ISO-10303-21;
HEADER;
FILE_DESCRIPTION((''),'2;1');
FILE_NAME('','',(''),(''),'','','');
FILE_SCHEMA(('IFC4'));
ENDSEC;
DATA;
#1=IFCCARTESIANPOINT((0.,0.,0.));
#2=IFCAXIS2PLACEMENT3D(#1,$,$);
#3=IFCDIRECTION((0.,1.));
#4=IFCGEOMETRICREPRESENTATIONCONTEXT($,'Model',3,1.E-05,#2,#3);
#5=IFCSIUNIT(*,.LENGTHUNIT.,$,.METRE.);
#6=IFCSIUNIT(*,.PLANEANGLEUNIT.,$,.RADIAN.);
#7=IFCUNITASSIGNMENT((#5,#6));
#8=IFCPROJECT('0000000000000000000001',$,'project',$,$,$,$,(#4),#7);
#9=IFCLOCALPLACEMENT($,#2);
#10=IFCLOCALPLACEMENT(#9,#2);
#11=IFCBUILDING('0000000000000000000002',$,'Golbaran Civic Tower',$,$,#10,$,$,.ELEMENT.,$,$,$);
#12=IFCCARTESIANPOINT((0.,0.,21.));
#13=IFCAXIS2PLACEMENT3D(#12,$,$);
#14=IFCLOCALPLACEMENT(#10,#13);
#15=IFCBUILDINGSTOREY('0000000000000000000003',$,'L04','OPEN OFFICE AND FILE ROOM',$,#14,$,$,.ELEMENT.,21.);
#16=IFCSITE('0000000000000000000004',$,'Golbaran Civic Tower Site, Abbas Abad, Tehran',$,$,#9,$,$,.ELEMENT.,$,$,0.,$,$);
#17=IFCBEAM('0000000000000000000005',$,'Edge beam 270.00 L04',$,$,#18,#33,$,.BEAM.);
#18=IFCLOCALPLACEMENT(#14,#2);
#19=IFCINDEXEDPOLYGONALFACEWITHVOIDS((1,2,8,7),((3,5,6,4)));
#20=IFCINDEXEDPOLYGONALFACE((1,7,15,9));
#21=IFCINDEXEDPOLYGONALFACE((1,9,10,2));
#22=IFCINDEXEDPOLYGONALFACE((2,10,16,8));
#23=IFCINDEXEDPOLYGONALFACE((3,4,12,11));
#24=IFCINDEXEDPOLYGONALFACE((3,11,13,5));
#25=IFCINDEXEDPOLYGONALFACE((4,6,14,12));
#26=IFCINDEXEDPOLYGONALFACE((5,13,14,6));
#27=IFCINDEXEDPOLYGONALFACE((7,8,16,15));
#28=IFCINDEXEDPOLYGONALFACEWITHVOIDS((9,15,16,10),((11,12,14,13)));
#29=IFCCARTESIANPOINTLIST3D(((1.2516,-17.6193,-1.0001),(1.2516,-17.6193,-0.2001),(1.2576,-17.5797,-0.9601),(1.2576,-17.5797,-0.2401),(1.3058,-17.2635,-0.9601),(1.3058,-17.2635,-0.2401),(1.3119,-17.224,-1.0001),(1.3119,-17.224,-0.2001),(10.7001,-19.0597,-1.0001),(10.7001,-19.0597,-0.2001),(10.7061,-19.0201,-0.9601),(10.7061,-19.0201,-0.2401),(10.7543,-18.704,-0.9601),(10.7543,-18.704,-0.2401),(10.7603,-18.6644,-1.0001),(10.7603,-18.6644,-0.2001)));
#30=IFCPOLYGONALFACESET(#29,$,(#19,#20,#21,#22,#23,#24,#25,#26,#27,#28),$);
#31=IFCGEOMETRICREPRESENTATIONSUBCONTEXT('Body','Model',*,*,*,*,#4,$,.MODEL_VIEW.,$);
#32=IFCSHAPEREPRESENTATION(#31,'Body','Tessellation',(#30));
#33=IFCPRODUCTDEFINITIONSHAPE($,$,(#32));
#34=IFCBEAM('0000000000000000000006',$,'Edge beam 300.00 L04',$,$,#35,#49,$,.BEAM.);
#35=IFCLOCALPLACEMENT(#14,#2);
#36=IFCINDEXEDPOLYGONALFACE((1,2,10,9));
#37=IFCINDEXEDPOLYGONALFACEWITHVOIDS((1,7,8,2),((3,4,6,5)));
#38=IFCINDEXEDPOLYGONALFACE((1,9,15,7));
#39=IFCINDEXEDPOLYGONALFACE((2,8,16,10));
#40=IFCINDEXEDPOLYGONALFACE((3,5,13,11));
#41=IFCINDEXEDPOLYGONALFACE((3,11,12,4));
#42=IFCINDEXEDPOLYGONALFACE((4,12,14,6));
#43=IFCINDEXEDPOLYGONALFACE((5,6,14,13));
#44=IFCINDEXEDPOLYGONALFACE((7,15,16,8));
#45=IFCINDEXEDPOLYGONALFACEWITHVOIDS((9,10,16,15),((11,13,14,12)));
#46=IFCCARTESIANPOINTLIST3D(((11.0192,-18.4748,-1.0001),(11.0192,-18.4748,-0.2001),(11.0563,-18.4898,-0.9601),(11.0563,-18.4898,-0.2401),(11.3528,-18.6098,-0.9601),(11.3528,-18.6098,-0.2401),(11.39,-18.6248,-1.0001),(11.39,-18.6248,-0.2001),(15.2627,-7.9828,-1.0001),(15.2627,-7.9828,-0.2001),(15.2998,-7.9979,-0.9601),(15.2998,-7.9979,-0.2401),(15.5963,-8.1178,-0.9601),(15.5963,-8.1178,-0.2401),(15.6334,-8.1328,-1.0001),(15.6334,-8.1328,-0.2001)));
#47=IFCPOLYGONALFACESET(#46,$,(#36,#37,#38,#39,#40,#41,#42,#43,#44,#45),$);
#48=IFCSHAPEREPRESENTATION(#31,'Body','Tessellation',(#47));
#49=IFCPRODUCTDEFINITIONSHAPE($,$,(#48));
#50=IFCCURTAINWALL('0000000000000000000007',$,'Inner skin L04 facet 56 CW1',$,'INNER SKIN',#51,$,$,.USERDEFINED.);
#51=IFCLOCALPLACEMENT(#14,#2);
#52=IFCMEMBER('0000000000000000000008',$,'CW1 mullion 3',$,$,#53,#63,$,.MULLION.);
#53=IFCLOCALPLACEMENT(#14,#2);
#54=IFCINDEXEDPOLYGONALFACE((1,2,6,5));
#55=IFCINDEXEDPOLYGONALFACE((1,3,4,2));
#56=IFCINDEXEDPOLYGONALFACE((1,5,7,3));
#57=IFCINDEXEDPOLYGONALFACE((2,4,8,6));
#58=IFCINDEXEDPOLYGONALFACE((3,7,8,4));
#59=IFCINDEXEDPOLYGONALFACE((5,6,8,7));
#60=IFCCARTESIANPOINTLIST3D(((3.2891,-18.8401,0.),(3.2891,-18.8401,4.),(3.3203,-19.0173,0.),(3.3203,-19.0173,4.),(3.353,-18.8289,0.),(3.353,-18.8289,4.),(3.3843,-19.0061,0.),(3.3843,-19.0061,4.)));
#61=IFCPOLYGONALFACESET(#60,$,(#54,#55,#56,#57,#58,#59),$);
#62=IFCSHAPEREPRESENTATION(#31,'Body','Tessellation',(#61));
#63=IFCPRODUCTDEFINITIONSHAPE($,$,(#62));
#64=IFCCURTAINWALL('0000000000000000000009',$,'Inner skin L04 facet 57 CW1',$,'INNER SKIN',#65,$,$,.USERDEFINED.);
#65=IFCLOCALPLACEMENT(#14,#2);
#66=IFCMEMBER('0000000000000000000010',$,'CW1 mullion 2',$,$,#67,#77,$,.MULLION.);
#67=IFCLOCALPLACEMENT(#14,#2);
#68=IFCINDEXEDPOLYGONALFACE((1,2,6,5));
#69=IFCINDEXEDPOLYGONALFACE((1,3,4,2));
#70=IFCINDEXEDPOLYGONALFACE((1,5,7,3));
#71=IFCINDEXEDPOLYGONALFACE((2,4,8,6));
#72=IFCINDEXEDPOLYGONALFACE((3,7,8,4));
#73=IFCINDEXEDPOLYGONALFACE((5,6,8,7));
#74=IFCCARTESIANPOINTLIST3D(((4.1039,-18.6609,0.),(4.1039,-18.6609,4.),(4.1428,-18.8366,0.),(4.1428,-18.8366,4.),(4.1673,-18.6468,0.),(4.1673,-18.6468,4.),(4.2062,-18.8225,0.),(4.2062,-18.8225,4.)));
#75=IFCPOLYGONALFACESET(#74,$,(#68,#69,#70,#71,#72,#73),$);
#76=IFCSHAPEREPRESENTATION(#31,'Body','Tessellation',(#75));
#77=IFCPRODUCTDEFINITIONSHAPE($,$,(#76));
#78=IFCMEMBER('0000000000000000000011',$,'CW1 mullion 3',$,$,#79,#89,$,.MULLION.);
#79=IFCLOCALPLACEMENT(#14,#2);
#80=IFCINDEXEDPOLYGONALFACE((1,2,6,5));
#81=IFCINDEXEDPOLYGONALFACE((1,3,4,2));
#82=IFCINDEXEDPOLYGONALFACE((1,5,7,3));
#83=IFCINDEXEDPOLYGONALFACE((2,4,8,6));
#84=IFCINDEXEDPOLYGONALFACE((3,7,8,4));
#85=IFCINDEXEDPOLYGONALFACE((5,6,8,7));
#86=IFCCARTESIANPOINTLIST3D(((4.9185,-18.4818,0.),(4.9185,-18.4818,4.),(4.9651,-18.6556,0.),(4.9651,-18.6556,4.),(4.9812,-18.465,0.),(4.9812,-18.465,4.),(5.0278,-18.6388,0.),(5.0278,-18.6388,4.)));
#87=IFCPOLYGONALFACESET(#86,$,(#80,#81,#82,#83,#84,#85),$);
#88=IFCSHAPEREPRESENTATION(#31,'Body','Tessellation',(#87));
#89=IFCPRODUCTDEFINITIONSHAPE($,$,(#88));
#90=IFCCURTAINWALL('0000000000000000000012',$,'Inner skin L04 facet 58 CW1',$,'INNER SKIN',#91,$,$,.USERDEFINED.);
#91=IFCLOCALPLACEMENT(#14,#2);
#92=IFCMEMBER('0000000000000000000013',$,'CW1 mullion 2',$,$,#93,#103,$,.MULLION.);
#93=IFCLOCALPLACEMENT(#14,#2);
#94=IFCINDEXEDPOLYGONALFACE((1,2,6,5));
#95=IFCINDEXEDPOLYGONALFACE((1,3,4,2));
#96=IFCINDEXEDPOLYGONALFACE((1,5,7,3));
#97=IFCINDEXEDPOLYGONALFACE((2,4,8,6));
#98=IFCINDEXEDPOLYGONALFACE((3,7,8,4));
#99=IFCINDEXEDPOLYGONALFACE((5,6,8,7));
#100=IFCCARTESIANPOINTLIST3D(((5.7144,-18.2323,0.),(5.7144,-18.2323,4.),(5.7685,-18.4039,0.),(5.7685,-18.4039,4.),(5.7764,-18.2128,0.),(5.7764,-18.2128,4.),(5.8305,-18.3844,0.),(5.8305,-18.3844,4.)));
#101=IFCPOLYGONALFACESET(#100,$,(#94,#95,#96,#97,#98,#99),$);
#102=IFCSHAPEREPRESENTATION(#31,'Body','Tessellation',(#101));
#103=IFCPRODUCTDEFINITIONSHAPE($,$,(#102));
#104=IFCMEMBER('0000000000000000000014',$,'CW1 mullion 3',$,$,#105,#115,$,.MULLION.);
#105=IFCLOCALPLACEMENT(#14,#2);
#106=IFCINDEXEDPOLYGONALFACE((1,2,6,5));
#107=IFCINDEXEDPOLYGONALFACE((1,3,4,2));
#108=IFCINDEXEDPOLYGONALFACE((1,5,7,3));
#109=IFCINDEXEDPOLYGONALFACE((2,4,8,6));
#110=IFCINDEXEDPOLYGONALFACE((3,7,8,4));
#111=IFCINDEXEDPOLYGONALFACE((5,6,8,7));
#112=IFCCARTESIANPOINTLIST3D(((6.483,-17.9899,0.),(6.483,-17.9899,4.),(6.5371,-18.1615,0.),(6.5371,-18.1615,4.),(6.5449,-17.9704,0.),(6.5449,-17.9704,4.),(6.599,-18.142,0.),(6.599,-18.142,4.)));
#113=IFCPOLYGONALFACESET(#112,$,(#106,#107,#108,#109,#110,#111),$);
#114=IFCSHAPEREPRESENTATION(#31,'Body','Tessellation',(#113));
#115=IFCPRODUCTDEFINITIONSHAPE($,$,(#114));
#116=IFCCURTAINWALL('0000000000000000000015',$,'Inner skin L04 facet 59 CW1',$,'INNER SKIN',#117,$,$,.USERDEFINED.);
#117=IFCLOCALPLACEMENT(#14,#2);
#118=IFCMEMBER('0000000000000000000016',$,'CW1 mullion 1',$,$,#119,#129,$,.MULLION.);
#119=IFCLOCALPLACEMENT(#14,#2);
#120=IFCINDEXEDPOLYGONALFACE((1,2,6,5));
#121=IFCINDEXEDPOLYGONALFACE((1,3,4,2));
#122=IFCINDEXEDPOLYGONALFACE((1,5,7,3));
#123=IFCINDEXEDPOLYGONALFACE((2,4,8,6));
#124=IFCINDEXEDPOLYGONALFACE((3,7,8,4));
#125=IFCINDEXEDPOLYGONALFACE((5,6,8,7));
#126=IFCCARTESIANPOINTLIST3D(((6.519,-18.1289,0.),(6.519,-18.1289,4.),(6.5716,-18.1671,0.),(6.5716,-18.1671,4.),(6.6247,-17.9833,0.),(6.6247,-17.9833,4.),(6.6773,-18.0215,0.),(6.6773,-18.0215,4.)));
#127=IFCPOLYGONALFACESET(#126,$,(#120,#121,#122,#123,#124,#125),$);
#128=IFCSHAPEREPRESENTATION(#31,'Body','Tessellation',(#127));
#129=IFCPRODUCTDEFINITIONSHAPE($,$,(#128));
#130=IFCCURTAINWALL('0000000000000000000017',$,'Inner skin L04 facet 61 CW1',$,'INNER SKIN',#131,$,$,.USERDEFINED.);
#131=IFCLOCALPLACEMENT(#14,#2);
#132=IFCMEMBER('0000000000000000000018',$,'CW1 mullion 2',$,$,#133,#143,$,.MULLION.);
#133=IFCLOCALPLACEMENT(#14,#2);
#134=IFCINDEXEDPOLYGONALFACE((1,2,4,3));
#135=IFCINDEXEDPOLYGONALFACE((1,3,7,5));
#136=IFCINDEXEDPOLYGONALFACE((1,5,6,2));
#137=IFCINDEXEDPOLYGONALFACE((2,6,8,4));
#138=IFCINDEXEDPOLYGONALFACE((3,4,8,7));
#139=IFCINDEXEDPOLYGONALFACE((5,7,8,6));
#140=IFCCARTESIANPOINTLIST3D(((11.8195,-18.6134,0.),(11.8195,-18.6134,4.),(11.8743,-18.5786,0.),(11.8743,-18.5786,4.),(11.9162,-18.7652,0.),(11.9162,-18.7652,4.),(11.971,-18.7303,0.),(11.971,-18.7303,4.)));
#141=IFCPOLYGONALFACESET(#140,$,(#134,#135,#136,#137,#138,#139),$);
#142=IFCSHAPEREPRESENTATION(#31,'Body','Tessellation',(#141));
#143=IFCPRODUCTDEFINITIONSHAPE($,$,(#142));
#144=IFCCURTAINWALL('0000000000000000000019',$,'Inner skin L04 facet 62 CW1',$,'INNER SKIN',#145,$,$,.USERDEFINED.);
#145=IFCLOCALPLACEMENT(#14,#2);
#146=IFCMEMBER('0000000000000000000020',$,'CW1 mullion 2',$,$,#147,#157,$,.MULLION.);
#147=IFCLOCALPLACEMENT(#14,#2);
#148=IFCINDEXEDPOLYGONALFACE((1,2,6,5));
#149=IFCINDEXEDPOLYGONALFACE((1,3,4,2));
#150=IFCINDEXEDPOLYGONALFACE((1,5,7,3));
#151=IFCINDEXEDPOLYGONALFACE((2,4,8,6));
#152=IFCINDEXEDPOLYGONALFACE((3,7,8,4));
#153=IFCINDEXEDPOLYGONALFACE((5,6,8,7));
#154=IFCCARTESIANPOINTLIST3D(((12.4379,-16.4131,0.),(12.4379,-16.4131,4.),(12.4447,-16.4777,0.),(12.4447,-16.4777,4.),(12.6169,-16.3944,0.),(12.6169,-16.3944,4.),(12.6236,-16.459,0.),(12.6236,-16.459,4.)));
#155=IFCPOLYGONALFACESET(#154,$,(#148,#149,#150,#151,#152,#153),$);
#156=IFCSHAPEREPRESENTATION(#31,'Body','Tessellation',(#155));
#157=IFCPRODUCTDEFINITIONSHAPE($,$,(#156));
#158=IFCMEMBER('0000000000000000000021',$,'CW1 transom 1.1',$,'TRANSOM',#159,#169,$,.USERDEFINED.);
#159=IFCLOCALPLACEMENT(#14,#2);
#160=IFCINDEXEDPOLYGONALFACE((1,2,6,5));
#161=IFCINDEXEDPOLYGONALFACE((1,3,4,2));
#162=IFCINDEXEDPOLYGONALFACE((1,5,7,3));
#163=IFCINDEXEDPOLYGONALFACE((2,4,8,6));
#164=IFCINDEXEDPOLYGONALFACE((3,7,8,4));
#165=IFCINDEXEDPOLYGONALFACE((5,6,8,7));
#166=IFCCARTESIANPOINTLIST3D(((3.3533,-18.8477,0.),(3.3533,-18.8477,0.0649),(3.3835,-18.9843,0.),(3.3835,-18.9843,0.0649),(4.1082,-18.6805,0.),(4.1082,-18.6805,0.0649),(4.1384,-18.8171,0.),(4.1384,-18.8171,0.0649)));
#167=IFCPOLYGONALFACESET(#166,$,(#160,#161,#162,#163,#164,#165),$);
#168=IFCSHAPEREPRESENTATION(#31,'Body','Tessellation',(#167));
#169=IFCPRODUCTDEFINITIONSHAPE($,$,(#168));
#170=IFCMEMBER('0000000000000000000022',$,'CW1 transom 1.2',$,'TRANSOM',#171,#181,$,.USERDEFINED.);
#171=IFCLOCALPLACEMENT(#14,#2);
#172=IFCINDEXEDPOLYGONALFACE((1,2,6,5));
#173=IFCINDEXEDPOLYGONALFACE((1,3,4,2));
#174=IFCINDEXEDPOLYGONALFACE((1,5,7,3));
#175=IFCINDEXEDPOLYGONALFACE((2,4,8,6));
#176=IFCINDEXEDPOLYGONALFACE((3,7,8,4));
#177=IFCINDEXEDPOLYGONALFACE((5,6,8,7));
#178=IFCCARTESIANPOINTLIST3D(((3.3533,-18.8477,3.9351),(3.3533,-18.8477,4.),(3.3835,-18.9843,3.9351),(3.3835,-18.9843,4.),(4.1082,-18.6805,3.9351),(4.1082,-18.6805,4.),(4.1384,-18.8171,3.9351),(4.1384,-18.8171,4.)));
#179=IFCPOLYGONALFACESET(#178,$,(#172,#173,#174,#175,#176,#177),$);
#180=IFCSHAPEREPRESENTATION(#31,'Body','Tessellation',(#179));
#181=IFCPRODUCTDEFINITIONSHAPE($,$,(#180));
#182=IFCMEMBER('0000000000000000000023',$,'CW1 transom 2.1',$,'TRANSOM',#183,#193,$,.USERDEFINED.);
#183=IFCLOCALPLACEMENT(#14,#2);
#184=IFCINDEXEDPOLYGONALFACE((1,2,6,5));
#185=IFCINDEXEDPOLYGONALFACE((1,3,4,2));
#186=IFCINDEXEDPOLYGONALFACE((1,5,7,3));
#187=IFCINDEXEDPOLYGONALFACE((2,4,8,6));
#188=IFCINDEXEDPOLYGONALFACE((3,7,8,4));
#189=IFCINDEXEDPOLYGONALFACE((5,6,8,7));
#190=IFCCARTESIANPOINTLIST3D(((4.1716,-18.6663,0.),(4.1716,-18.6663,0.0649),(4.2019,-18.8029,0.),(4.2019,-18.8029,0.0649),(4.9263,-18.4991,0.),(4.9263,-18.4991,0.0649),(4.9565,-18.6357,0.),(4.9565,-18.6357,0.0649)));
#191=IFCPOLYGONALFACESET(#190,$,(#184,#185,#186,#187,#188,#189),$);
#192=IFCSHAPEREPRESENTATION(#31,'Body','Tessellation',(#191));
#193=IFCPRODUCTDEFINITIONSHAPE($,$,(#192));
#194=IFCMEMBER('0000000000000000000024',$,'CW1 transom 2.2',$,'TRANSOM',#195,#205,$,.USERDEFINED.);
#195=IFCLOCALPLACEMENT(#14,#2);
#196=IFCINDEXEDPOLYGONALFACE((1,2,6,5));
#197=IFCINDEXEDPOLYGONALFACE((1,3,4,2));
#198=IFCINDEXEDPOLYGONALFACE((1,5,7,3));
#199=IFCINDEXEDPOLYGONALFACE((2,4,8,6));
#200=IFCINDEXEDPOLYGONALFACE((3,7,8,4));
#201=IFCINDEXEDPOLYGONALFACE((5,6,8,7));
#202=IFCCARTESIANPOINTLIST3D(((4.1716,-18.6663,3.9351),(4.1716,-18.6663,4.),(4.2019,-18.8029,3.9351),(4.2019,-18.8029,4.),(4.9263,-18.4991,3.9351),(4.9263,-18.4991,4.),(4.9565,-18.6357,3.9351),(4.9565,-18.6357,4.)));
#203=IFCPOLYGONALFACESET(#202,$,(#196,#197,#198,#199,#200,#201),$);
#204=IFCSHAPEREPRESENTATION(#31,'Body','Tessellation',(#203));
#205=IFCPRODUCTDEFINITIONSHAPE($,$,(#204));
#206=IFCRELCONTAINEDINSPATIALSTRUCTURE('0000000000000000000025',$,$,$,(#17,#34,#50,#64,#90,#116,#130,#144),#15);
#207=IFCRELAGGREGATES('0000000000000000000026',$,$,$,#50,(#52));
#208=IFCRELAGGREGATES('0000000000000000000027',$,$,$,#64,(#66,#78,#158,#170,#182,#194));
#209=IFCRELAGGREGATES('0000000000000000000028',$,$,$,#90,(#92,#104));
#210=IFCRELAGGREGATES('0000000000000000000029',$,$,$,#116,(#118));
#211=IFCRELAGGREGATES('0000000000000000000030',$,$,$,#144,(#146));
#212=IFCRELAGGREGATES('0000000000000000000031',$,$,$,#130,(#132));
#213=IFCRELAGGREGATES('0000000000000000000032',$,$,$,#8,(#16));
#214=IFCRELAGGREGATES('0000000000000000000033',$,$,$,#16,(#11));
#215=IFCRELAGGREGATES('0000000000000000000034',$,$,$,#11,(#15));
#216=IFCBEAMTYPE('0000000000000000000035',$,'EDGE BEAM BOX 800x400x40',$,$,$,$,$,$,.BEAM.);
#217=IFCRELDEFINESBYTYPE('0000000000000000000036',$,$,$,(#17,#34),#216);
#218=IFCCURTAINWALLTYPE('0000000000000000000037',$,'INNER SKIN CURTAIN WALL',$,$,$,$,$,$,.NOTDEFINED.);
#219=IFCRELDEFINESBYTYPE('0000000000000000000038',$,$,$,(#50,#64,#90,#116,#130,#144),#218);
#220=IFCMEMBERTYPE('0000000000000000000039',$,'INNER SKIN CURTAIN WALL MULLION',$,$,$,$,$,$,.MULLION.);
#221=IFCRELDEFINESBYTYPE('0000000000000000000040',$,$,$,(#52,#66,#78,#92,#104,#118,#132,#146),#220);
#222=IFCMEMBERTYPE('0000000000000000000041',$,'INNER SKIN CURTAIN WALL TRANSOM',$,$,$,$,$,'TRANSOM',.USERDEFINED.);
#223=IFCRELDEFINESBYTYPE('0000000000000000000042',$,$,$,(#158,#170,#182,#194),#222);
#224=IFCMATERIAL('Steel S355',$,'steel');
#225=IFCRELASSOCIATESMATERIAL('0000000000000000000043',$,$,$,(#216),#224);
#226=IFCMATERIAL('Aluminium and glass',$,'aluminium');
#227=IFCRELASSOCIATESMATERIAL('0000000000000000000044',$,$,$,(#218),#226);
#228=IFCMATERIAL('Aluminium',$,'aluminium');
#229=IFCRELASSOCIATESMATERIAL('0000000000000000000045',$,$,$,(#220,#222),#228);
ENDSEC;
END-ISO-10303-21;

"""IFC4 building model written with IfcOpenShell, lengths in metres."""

from ifc_helpers import new_model, si_unit, direction, frame, origin, origin_2d, place, context, subcontext, project, spatial, rectangle, hollow_rectangle, extrude, material, material_profile, profile_set, type_object, element, aggregate, save


model = new_model("IFC4")

# Units and contexts
model_context = context("Model", 3, precision=1e-05, world=origin(), true_north=direction((0.0, 1.0)))
body_context = subcontext(model_context, "Body", "Model", "MODEL_VIEW")
ifc_project = project(units=[si_unit("LENGTHUNIT", "METRE"), si_unit("PLANEANGLEUNIT", "RADIAN")], contexts=[model_context])

# Site, building, storey
site_placement = place(None, origin())
site = spatial("IfcSite", under=ifc_project, at=site_placement, Name="Golbaran Civic Tower Site, Abbas Abad, Tehran", CompositionType="ELEMENT", RefElevation=0.0)
building_placement = place(site_placement, origin())
building = spatial("IfcBuilding", under=site, at=building_placement, Name="Golbaran Civic Tower", CompositionType="ELEMENT")
storey_placement = place(building_placement, frame((0.0, 0.0, 21.0)))
storey = spatial("IfcBuildingStorey", under=building, at=storey_placement, Name="L04", Description="OPEN OFFICE AND FILE ROOM", CompositionType="ELEMENT", Elevation=21.0)

# Beams
ifc_material_1 = material(Name="Steel S355", Category="steel")
ifc_material_profile_1 = material_profile(ifc_material_1, hollow_rectangle(XDim=0.3999, YDim=0.8, WallThickness=0.04, at=origin_2d()), Name="BOX 800x400x40")
ifc_profile_set_1 = profile_set([ifc_material_profile_1], Name="Steel S355")
beam_type = type_object("IfcBeamType", Name="EDGE BEAM BOX 800x400x40", PredefinedType="BEAM", material=ifc_profile_set_1)
beam_1_placement = place(storey_placement, frame((1.2817, -17.4216, -0.6001), z_axis=(0.988578, -0.15071, 0.0), x_axis=(0.15071, 0.988578, 0.0)))
element("IfcBeam", 1, at=beam_1_placement, inside=storey, type_object=beam_type, Name="Edge beam 270.00 L04", PredefinedType="BEAM", context=body_context, shape_type="SweptSolid", body=[
    extrude(hollow_rectangle(XDim=0.3999, YDim=0.8, WallThickness=0.04, at=origin_2d()), origin(), (0.0, 0.0, 1.0), 9.5576),
])
beam_2_placement = place(storey_placement, frame((11.2046, -18.5498, -0.6001), z_axis=(0.37494, 0.927049, 0.0), x_axis=(-0.927049, 0.37494, 0.0)))
element("IfcBeam", 2, at=beam_2_placement, inside=storey, type_object=beam_type, Name="Edge beam 300.00 L04", PredefinedType="BEAM", context=body_context, shape_type="SweptSolid", body=[
    extrude(hollow_rectangle(XDim=0.3999, YDim=0.8, WallThickness=0.04, at=origin_2d()), origin(), (0.0, 0.0, 1.0), 11.3176),
])

# Curtain wall, member
ifc_material_2 = material(Name="Aluminium and glass", Category="aluminium")
curtain_wall_type = type_object("IfcCurtainWallType", Name="INNER SKIN CURTAIN WALL", PredefinedType="NOTDEFINED", material=ifc_material_2)
curtain_wall_1_placement = place(storey_placement, origin())
curtain_wall_1 = element("IfcCurtainWall", 3, at=curtain_wall_1_placement, inside=storey, type_object=curtain_wall_type, Name="Inner skin L04 facet 56 CW1", ObjectType="INNER SKIN", PredefinedType="USERDEFINED")
ifc_material_3 = material(Name="Aluminium", Category="aluminium")
ifc_material_profile_2 = material_profile(ifc_material_3, rectangle(XDim=0.1799, YDim=0.0649, at=origin_2d()), Name="INNER SKIN CURTAIN WALL MULLION")
ifc_profile_set_2 = profile_set([ifc_material_profile_2], Name="Aluminium")
member_type_1 = type_object("IfcMemberType", Name="INNER SKIN CURTAIN WALL MULLION", PredefinedType="MULLION", material=ifc_profile_set_2)
member_1_placement = place(storey_placement, frame((3.3367, -18.9231, 0.0), z_axis=(0.0, 0.0, 1.0), x_axis=(-0.173648, 0.984808, 0.0)))
member_1 = element("IfcMember", 4, at=member_1_placement, type_object=member_type_1, Name="CW1 mullion 3", PredefinedType="MULLION", context=body_context, shape_type="SweptSolid", body=[
    extrude(rectangle(XDim=0.1799, YDim=0.0649, at=origin_2d()), origin(), (0.0, 0.0, 1.0), 4.0),
])

# Curtain walls, members
curtain_wall_2_placement = place(storey_placement, origin())
curtain_wall_2 = element("IfcCurtainWall", 5, at=curtain_wall_2_placement, inside=storey, type_object=curtain_wall_type, Name="Inner skin L04 facet 57 CW1", ObjectType="INNER SKIN", PredefinedType="USERDEFINED")
member_2_placement = place(storey_placement, frame((4.155, -18.7417, 0.0), z_axis=(0.0, 0.0, 1.0), x_axis=(-0.21644, 0.976296, 0.0)))
member_2 = element("IfcMember", 6, at=member_2_placement, type_object=member_type_1, Name="CW1 mullion 2", PredefinedType="MULLION", context=body_context, shape_type="SweptSolid", body=[
    extrude(rectangle(XDim=0.1799, YDim=0.0649, at=origin_2d()), origin(), (0.0, 0.0, 1.0), 4.0),
])
member_3_placement = place(storey_placement, frame((4.9731, -18.5603, 0.0), z_axis=(0.0, 0.0, 1.0), x_axis=(-0.258819, 0.965926, 0.0)))
member_3 = element("IfcMember", 7, at=member_3_placement, type_object=member_type_1, Name="CW1 mullion 3", PredefinedType="MULLION", context=body_context, shape_type="SweptSolid", body=[
    extrude(rectangle(XDim=0.1799, YDim=0.0649, at=origin_2d()), origin(), (0.0, 0.0, 1.0), 4.0),
])
curtain_wall_3_placement = place(storey_placement, origin())
curtain_wall_3 = element("IfcCurtainWall", 8, at=curtain_wall_3_placement, inside=storey, type_object=curtain_wall_type, Name="Inner skin L04 facet 58 CW1", ObjectType="INNER SKIN", PredefinedType="USERDEFINED")
member_4_placement = place(storey_placement, frame((5.7725, -18.3083, 0.0), z_axis=(0.0, 0.0, 1.0), x_axis=(-0.300706, 0.953717, 0.0)))
member_4 = element("IfcMember", 9, at=member_4_placement, type_object=member_type_1, Name="CW1 mullion 2", PredefinedType="MULLION", context=body_context, shape_type="SweptSolid", body=[
    extrude(rectangle(XDim=0.1799, YDim=0.0649, at=origin_2d()), origin(), (0.0, 0.0, 1.0), 4.0),
])
member_5_placement = place(storey_placement, frame((6.541, -18.0659, 0.0), z_axis=(0.0, 0.0, 1.0), x_axis=(-0.300706, 0.953717, 0.0)))
member_5 = element("IfcMember", 10, at=member_5_placement, type_object=member_type_1, Name="CW1 mullion 3", PredefinedType="MULLION", context=body_context, shape_type="SweptSolid", body=[
    extrude(rectangle(XDim=0.1799, YDim=0.0649, at=origin_2d()), origin(), (0.0, 0.0, 1.0), 4.0),
])

# Curtain walls, members
curtain_wall_4_placement = place(storey_placement, origin())
curtain_wall_4 = element("IfcCurtainWall", 11, at=curtain_wall_4_placement, inside=storey, type_object=curtain_wall_type, Name="Inner skin L04 facet 59 CW1", ObjectType="INNER SKIN", PredefinedType="USERDEFINED")
member_6_placement = place(storey_placement, frame((6.5981, -18.0752, 0.0), z_axis=(0.0, 0.0, 1.0), x_axis=(0.587431, 0.809274, 0.0)))
member_6 = element("IfcMember", 12, at=member_6_placement, type_object=member_type_1, Name="CW1 mullion 1", PredefinedType="MULLION", context=body_context, shape_type="SweptSolid", body=[
    extrude(rectangle(XDim=0.1799, YDim=0.0649, at=origin_2d()), origin(), (0.0, 0.0, 1.0), 4.0),
])
curtain_wall_5_placement = place(storey_placement, origin())
curtain_wall_5 = element("IfcCurtainWall", 13, at=curtain_wall_5_placement, inside=storey, type_object=curtain_wall_type, Name="Inner skin L04 facet 61 CW1", ObjectType="INNER SKIN", PredefinedType="USERDEFINED")
member_7_placement = place(storey_placement, frame((11.8953, -18.6719, 0.0), z_axis=(0.0, 0.0, 1.0), x_axis=(-0.5373, 0.843391, 0.0)))
member_7 = element("IfcMember", 14, at=member_7_placement, type_object=member_type_1, Name="CW1 mullion 2", PredefinedType="MULLION", context=body_context, shape_type="SweptSolid", body=[
    extrude(rectangle(XDim=0.1799, YDim=0.0649, at=origin_2d()), origin(), (0.0, 0.0, 1.0), 4.0),
])
curtain_wall_6_placement = place(storey_placement, origin())
curtain_wall_6 = element("IfcCurtainWall", 15, at=curtain_wall_6_placement, inside=storey, type_object=curtain_wall_type, Name="Inner skin L04 facet 62 CW1", ObjectType="INNER SKIN", PredefinedType="USERDEFINED")
member_8_placement = place(storey_placement, frame((12.5308, -16.436, 0.0), z_axis=(0.0, 0.0, 1.0), x_axis=(-0.994568, -0.104093, 0.0)))
member_8 = element("IfcMember", 16, at=member_8_placement, type_object=member_type_1, Name="CW1 mullion 2", PredefinedType="MULLION", context=body_context, shape_type="SweptSolid", body=[
    extrude(rectangle(XDim=0.1799, YDim=0.0649, at=origin_2d()), origin(), (0.0, 0.0, 1.0), 4.0),
])

# Members
ifc_material_profile_3 = material_profile(ifc_material_3, rectangle(XDim=0.1399, YDim=0.0649, at=origin_2d()), Name="INNER SKIN CURTAIN WALL TRANSOM")
ifc_profile_set_3 = profile_set([ifc_material_profile_3], Name="Aluminium")
member_type_2 = type_object("IfcMemberType", Name="INNER SKIN CURTAIN WALL TRANSOM", ElementType="TRANSOM", PredefinedType="USERDEFINED", material=ifc_profile_set_3)
member_9_placement = place(storey_placement, frame((3.3684, -18.916, 0.0325), z_axis=(0.976328, 0.216295, 0.0), x_axis=(-0.216295, 0.976328, 0.0)))
member_9 = element("IfcMember", 17, at=member_9_placement, type_object=member_type_2, Name="CW1 transom 1.1", ObjectType="TRANSOM", PredefinedType="USERDEFINED", context=body_context, shape_type="SweptSolid", body=[
    extrude(rectangle(XDim=0.1399, YDim=0.0649, at=origin_2d()), origin(), (0.0, 0.0, 1.0), 0.7732),
])
member_10_placement = place(storey_placement, frame((3.3684, -18.916, 3.9675), z_axis=(0.976328, 0.216295, 0.0), x_axis=(-0.216295, 0.976328, 0.0)))
member_10 = element("IfcMember", 18, at=member_10_placement, type_object=member_type_2, Name="CW1 transom 1.2", ObjectType="TRANSOM", PredefinedType="USERDEFINED", context=body_context, shape_type="SweptSolid", body=[
    extrude(rectangle(XDim=0.1399, YDim=0.0649, at=origin_2d()), origin(), (0.0, 0.0, 1.0), 0.7732),
])
member_11_placement = place(storey_placement, frame((4.1868, -18.7346, 0.0325), z_axis=(0.976313, 0.216362, 0.0), x_axis=(-0.216362, 0.976313, 0.0)))
member_11 = element("IfcMember", 19, at=member_11_placement, type_object=member_type_2, Name="CW1 transom 2.1", ObjectType="TRANSOM", PredefinedType="USERDEFINED", context=body_context, shape_type="SweptSolid", body=[
    extrude(rectangle(XDim=0.1399, YDim=0.0649, at=origin_2d()), origin(), (0.0, 0.0, 1.0), 0.7729),
])
member_12_placement = place(storey_placement, frame((4.1868, -18.7346, 3.9675), z_axis=(0.976313, 0.216362, 0.0), x_axis=(-0.216362, 0.976313, 0.0)))
member_12 = element("IfcMember", 20, at=member_12_placement, type_object=member_type_2, Name="CW1 transom 2.2", ObjectType="TRANSOM", PredefinedType="USERDEFINED", context=body_context, shape_type="SweptSolid", body=[
    extrude(rectangle(XDim=0.1399, YDim=0.0649, at=origin_2d()), origin(), (0.0, 0.0, 1.0), 0.7729),
])

aggregate(curtain_wall_1, [member_1])
aggregate(curtain_wall_2, [member_2, member_3, member_9, member_10, member_11, member_12])
aggregate(curtain_wall_3, [member_4, member_5])
aggregate(curtain_wall_4, [member_6])
aggregate(curtain_wall_6, [member_8])
aggregate(curtain_wall_5, [member_7])

save(model, "model.ifc")
